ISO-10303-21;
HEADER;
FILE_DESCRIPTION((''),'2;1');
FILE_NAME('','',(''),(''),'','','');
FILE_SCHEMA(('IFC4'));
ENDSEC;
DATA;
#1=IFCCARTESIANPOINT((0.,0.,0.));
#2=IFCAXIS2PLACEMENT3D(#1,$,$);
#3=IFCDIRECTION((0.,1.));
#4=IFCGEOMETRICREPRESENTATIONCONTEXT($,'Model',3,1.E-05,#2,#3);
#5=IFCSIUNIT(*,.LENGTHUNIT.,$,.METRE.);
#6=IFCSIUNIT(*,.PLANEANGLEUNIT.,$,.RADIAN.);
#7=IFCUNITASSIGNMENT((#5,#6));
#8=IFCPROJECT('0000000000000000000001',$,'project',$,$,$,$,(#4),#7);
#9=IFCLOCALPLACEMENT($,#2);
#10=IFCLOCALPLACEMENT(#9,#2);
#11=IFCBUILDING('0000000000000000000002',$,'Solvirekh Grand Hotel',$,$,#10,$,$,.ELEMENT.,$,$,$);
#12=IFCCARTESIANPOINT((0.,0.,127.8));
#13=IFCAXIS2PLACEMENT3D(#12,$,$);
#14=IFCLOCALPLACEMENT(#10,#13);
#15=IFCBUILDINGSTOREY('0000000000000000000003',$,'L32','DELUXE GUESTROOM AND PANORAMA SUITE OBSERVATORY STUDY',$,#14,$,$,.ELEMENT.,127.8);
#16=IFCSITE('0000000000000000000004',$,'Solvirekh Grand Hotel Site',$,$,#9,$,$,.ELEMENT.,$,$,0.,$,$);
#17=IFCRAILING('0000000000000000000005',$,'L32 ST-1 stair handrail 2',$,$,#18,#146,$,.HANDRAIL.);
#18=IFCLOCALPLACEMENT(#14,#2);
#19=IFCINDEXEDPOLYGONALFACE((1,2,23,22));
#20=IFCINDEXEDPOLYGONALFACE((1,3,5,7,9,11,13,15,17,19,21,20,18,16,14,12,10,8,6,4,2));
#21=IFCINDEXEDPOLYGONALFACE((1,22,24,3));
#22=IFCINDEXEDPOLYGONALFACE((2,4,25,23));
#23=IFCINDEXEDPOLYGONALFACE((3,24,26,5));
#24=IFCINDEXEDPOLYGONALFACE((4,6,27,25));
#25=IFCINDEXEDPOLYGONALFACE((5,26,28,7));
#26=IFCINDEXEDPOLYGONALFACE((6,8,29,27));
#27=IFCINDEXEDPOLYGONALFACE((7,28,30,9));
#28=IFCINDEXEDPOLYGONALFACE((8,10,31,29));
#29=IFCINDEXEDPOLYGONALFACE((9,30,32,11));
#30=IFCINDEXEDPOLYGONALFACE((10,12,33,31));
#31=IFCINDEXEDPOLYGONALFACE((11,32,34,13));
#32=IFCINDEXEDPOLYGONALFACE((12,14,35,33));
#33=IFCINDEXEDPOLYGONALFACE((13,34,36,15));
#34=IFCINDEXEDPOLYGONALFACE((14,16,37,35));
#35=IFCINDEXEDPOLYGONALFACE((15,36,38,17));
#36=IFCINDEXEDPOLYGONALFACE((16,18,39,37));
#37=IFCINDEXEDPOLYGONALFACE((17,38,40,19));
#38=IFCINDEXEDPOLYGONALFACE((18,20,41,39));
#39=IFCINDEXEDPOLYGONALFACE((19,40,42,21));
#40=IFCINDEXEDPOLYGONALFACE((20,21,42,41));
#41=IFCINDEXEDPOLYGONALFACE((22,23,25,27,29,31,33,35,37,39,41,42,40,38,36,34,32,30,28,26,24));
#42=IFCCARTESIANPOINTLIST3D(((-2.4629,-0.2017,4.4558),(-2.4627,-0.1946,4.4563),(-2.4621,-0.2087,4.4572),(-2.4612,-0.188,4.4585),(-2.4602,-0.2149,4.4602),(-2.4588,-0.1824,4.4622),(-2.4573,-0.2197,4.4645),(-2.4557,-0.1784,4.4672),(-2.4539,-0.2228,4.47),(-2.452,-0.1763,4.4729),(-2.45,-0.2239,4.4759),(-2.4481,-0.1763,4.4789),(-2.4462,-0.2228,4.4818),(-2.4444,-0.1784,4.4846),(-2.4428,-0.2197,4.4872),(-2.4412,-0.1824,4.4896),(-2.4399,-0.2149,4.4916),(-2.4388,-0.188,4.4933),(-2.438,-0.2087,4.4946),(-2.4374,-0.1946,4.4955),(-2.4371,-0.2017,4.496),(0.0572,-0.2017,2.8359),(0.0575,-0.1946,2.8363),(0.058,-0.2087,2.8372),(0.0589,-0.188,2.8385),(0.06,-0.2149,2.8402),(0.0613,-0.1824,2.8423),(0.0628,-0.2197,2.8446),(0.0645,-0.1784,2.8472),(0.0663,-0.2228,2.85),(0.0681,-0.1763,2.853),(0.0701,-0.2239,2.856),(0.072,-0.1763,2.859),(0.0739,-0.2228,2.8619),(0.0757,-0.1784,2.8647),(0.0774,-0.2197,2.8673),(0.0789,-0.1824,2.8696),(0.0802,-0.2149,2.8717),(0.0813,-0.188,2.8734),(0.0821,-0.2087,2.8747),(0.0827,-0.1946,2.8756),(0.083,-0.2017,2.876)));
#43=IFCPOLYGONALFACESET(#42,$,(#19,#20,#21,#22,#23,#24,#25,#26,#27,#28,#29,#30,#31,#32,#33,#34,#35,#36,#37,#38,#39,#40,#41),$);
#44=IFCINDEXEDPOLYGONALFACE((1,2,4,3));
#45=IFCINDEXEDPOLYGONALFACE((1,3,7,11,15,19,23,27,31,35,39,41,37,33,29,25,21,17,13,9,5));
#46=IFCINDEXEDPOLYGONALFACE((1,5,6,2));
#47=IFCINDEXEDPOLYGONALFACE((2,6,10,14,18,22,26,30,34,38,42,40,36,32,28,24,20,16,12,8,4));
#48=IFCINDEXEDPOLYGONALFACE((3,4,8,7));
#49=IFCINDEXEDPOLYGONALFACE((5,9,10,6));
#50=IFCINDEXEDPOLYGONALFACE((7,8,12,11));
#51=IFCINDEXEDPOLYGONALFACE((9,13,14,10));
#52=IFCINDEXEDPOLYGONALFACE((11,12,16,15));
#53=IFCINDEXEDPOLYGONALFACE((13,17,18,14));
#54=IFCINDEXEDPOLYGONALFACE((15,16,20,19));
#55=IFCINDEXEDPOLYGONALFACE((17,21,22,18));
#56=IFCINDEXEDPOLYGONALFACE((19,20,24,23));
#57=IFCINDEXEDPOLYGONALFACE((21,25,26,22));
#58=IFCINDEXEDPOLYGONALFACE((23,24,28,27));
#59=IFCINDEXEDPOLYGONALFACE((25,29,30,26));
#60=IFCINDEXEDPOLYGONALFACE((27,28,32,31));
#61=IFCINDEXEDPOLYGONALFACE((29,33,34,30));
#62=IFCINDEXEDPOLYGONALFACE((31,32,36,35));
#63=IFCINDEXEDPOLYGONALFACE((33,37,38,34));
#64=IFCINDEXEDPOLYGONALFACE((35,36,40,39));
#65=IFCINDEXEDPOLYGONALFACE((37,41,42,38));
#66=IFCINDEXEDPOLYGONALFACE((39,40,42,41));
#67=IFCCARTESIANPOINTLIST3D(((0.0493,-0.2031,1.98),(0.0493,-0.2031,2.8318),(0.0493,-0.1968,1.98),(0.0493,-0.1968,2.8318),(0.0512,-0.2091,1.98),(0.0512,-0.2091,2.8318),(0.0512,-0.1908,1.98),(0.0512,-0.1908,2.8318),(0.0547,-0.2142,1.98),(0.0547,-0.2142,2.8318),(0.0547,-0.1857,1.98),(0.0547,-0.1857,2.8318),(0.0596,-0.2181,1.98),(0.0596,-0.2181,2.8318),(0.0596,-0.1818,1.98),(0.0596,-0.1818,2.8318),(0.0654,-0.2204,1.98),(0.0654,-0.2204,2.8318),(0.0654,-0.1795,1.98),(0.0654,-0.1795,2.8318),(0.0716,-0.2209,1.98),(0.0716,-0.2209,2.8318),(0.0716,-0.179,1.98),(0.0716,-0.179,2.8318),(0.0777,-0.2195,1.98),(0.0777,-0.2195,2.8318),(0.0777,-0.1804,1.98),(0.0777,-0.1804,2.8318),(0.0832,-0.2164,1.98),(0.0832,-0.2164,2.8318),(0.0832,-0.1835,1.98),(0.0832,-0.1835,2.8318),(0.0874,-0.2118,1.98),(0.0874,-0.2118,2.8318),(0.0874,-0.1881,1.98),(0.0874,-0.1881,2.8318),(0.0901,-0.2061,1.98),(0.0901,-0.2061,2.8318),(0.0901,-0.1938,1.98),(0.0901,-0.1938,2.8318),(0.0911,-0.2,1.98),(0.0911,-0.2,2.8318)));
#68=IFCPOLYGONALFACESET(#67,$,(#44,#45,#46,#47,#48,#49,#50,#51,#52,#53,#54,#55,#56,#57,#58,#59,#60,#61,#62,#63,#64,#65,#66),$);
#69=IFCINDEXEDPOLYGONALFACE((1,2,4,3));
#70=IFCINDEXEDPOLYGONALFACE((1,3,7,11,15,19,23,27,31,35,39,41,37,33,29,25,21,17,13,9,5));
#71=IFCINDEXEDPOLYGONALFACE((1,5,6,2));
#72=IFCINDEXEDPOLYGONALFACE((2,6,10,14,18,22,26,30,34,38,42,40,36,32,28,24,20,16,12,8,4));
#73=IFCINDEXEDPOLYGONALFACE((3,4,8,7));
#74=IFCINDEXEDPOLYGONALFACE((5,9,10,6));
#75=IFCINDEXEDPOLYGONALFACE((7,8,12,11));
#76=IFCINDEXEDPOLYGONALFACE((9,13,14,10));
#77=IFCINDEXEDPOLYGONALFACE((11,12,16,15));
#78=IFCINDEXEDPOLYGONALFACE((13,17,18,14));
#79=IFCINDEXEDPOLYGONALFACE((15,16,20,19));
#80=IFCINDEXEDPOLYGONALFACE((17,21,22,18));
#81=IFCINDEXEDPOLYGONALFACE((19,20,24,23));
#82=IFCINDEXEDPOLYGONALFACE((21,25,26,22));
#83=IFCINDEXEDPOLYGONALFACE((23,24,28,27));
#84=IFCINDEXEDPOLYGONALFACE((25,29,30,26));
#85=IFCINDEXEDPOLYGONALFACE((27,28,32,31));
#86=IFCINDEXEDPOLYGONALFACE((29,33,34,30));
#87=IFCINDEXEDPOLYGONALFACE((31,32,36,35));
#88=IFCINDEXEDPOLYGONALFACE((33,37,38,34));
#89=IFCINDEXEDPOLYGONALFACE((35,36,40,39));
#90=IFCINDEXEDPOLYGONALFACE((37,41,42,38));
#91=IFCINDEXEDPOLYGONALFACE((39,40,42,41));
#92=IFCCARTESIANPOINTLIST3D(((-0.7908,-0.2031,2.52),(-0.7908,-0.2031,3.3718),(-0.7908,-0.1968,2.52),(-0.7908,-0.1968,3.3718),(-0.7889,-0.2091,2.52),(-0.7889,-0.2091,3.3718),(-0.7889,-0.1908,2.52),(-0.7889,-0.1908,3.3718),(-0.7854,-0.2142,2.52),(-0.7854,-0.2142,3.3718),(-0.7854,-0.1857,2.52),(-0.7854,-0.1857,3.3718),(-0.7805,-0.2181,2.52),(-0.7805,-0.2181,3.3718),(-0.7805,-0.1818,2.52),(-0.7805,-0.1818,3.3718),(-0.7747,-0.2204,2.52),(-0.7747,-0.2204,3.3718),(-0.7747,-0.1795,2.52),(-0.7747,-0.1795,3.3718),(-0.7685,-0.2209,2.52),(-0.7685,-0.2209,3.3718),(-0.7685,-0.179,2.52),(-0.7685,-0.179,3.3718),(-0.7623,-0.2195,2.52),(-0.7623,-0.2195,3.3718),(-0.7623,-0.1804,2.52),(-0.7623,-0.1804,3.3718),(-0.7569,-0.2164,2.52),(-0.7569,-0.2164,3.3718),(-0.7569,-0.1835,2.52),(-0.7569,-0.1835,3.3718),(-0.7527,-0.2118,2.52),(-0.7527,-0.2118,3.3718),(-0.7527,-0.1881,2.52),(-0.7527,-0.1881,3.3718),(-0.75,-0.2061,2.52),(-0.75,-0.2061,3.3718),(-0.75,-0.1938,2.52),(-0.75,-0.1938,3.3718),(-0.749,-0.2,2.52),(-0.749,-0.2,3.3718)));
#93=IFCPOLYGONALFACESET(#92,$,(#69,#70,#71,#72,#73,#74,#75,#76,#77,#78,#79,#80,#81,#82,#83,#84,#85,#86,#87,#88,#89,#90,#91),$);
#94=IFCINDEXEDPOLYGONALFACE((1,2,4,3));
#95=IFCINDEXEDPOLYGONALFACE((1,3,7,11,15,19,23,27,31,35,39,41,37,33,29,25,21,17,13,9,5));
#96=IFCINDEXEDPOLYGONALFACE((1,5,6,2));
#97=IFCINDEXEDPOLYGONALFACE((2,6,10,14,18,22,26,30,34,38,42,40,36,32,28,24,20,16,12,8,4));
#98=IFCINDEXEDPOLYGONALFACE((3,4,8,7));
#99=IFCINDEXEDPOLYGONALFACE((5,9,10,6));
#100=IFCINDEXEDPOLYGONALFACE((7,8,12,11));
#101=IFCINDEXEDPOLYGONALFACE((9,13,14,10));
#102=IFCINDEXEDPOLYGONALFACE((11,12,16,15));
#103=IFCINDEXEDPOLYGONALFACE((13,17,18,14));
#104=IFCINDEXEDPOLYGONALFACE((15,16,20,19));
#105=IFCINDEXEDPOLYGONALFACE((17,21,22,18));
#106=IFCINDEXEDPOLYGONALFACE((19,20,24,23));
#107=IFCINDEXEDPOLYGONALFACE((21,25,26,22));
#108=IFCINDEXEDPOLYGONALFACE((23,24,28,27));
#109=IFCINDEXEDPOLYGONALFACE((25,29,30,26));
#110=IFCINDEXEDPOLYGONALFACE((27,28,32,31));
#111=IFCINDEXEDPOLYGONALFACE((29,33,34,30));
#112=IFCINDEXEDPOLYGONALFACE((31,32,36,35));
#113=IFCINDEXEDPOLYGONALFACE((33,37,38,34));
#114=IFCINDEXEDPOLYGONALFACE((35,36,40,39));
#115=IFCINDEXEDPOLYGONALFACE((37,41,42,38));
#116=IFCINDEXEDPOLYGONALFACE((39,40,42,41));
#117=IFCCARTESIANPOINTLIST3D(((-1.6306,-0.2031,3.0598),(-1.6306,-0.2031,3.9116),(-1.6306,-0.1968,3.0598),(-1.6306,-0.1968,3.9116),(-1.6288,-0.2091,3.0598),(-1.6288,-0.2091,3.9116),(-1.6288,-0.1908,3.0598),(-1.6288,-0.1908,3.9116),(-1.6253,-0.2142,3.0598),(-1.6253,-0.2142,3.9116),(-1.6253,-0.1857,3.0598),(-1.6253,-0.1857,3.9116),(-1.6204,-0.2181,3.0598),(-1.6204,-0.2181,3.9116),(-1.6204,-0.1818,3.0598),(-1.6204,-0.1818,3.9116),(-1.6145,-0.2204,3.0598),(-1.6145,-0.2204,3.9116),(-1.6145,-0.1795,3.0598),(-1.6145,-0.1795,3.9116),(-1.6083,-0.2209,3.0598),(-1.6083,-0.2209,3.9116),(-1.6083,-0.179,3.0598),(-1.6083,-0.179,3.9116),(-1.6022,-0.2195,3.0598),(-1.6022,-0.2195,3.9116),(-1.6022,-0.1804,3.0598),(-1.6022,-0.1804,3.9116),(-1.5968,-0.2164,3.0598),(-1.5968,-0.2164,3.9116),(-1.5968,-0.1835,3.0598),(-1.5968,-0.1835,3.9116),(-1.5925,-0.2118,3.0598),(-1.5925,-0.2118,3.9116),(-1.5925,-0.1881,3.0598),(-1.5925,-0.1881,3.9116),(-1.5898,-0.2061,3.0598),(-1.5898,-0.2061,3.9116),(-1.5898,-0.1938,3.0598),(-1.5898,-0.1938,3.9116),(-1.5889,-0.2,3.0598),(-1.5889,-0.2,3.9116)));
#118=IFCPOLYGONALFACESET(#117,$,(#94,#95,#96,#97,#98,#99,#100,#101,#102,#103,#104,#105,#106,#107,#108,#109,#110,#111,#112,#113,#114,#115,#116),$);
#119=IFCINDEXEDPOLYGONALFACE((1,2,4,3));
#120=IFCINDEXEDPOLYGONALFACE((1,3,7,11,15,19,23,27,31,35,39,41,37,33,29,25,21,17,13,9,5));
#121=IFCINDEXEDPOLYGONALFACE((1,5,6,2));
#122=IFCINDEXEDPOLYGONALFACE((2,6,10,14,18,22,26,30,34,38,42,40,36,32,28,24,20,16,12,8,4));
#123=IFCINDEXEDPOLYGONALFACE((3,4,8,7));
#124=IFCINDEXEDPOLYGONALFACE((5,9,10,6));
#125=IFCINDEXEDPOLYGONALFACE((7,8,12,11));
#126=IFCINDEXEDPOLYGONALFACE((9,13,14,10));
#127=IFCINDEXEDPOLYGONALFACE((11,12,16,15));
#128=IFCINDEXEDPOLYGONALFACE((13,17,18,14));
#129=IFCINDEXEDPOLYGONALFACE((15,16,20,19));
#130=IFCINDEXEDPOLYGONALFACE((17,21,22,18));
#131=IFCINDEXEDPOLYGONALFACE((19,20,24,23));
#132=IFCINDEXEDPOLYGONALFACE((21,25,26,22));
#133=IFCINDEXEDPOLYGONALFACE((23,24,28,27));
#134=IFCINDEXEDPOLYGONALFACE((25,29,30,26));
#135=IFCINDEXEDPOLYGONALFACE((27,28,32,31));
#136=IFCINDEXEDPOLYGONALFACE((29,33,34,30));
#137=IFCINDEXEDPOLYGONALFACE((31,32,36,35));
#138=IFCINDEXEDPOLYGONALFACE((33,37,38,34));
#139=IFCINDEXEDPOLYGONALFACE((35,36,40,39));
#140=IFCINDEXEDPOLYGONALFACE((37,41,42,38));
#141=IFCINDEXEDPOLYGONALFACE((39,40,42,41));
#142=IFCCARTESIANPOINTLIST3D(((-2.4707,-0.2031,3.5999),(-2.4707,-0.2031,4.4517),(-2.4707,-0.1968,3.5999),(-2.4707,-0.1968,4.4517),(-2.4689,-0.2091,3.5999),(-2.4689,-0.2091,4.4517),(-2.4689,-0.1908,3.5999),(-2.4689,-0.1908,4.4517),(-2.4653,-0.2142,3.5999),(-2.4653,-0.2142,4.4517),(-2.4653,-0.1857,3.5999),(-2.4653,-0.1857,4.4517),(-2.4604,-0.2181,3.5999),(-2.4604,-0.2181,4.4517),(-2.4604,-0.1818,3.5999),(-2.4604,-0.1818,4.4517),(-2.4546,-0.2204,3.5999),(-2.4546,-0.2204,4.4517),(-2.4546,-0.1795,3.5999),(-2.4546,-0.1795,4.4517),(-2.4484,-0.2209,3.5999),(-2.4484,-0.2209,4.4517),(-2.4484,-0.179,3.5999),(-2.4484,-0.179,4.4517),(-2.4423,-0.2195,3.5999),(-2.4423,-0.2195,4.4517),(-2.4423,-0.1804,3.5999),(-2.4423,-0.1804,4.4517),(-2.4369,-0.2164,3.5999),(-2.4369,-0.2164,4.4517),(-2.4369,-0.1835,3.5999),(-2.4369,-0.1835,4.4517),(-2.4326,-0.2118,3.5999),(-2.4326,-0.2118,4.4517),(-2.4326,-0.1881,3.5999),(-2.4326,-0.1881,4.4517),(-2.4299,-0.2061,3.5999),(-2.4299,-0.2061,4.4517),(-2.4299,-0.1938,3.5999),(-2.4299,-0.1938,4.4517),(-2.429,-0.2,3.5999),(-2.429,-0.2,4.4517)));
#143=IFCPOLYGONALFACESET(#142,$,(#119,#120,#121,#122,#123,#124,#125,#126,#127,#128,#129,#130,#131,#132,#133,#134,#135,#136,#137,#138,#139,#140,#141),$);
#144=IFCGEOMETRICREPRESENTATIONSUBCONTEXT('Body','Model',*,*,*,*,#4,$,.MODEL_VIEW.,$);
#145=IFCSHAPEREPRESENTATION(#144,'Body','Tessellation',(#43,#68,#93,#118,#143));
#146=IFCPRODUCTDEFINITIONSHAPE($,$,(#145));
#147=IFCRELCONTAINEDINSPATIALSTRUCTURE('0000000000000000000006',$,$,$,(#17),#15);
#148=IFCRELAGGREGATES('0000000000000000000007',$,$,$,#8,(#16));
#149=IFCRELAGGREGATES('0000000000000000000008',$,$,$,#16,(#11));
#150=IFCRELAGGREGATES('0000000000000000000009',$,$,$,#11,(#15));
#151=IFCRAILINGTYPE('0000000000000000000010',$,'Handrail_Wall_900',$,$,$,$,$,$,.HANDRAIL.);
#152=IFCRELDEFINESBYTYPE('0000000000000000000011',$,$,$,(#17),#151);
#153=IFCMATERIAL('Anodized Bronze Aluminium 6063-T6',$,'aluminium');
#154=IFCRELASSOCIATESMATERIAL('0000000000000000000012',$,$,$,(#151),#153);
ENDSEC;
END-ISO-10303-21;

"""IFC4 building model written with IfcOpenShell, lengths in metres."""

from ifc_helpers import new_model, si_unit, direction, frame, origin, origin_2d, place, context, subcontext, project, spatial, circle, extrude, material, type_object, element, save


model = new_model("IFC4")

# Units and contexts
model_context = context("Model", 3, precision=1e-05, world=origin(), true_north=direction((0.0, 1.0)))
body_context = subcontext(model_context, "Body", "Model", "MODEL_VIEW")
ifc_project = project(units=[si_unit("LENGTHUNIT", "METRE"), si_unit("PLANEANGLEUNIT", "RADIAN")], contexts=[model_context])

# Site, building, storey
site_placement = place(None, origin())
site = spatial("IfcSite", under=ifc_project, at=site_placement, Name="Solvirekh Grand Hotel Site", CompositionType="ELEMENT", RefElevation=0.0)
building_placement = place(site_placement, origin())
building = spatial("IfcBuilding", under=site, at=building_placement, Name="Solvirekh Grand Hotel", CompositionType="ELEMENT")
storey_placement = place(building_placement, frame((0.0, 0.0, 127.8)))
storey = spatial("IfcBuildingStorey", under=building, at=storey_placement, Name="L32", Description="DELUXE GUESTROOM AND PANORAMA SUITE OBSERVATORY STUDY", CompositionType="ELEMENT", Elevation=127.8)

# Railing
ifc_material_1 = material(Name="Anodized Bronze Aluminium 6063-T6", Category="aluminium")
railing_type_1 = type_object("IfcRailingType", Name="Handrail_Wall_900", PredefinedType="HANDRAIL", material=ifc_material_1)
railing_1_placement = place(storey_placement, frame((0.0701, -0.2, 1.98)))
element("IfcRailing", 1, at=railing_1_placement, inside=storey, type_object=railing_type_1, Name="L32 ST-1 stair handrail 2", PredefinedType="HANDRAIL", context=body_context, shape_type="SweptSolid", body=[
    extrude(circle(Radius=0.0239, at=origin_2d()), frame((0.0, 0.0, 0.876), z_axis=(-0.8412, 0.0, 0.540725), x_axis=(0.0, -1.0, 0.0)), (0.0, 0.0, 1.0), 2.9958),
    extrude(circle(Radius=0.021, at=origin_2d()), origin(), (0.0, 0.0, 1.0), 0.8518),
    extrude(circle(Radius=0.021, at=origin_2d()), frame((-0.8401, 0.0, 0.54)), (0.0, 0.0, 1.0), 0.8518),
    extrude(circle(Radius=0.021, at=origin_2d()), frame((-1.6799, 0.0, 1.0798)), (0.0, 0.0, 1.0), 0.8518),
    extrude(circle(Radius=0.021, at=origin_2d()), frame((-2.52, 0.0, 1.6199)), (0.0, 0.0, 1.0), 0.8518),
])

save(model, "model.ifc")
